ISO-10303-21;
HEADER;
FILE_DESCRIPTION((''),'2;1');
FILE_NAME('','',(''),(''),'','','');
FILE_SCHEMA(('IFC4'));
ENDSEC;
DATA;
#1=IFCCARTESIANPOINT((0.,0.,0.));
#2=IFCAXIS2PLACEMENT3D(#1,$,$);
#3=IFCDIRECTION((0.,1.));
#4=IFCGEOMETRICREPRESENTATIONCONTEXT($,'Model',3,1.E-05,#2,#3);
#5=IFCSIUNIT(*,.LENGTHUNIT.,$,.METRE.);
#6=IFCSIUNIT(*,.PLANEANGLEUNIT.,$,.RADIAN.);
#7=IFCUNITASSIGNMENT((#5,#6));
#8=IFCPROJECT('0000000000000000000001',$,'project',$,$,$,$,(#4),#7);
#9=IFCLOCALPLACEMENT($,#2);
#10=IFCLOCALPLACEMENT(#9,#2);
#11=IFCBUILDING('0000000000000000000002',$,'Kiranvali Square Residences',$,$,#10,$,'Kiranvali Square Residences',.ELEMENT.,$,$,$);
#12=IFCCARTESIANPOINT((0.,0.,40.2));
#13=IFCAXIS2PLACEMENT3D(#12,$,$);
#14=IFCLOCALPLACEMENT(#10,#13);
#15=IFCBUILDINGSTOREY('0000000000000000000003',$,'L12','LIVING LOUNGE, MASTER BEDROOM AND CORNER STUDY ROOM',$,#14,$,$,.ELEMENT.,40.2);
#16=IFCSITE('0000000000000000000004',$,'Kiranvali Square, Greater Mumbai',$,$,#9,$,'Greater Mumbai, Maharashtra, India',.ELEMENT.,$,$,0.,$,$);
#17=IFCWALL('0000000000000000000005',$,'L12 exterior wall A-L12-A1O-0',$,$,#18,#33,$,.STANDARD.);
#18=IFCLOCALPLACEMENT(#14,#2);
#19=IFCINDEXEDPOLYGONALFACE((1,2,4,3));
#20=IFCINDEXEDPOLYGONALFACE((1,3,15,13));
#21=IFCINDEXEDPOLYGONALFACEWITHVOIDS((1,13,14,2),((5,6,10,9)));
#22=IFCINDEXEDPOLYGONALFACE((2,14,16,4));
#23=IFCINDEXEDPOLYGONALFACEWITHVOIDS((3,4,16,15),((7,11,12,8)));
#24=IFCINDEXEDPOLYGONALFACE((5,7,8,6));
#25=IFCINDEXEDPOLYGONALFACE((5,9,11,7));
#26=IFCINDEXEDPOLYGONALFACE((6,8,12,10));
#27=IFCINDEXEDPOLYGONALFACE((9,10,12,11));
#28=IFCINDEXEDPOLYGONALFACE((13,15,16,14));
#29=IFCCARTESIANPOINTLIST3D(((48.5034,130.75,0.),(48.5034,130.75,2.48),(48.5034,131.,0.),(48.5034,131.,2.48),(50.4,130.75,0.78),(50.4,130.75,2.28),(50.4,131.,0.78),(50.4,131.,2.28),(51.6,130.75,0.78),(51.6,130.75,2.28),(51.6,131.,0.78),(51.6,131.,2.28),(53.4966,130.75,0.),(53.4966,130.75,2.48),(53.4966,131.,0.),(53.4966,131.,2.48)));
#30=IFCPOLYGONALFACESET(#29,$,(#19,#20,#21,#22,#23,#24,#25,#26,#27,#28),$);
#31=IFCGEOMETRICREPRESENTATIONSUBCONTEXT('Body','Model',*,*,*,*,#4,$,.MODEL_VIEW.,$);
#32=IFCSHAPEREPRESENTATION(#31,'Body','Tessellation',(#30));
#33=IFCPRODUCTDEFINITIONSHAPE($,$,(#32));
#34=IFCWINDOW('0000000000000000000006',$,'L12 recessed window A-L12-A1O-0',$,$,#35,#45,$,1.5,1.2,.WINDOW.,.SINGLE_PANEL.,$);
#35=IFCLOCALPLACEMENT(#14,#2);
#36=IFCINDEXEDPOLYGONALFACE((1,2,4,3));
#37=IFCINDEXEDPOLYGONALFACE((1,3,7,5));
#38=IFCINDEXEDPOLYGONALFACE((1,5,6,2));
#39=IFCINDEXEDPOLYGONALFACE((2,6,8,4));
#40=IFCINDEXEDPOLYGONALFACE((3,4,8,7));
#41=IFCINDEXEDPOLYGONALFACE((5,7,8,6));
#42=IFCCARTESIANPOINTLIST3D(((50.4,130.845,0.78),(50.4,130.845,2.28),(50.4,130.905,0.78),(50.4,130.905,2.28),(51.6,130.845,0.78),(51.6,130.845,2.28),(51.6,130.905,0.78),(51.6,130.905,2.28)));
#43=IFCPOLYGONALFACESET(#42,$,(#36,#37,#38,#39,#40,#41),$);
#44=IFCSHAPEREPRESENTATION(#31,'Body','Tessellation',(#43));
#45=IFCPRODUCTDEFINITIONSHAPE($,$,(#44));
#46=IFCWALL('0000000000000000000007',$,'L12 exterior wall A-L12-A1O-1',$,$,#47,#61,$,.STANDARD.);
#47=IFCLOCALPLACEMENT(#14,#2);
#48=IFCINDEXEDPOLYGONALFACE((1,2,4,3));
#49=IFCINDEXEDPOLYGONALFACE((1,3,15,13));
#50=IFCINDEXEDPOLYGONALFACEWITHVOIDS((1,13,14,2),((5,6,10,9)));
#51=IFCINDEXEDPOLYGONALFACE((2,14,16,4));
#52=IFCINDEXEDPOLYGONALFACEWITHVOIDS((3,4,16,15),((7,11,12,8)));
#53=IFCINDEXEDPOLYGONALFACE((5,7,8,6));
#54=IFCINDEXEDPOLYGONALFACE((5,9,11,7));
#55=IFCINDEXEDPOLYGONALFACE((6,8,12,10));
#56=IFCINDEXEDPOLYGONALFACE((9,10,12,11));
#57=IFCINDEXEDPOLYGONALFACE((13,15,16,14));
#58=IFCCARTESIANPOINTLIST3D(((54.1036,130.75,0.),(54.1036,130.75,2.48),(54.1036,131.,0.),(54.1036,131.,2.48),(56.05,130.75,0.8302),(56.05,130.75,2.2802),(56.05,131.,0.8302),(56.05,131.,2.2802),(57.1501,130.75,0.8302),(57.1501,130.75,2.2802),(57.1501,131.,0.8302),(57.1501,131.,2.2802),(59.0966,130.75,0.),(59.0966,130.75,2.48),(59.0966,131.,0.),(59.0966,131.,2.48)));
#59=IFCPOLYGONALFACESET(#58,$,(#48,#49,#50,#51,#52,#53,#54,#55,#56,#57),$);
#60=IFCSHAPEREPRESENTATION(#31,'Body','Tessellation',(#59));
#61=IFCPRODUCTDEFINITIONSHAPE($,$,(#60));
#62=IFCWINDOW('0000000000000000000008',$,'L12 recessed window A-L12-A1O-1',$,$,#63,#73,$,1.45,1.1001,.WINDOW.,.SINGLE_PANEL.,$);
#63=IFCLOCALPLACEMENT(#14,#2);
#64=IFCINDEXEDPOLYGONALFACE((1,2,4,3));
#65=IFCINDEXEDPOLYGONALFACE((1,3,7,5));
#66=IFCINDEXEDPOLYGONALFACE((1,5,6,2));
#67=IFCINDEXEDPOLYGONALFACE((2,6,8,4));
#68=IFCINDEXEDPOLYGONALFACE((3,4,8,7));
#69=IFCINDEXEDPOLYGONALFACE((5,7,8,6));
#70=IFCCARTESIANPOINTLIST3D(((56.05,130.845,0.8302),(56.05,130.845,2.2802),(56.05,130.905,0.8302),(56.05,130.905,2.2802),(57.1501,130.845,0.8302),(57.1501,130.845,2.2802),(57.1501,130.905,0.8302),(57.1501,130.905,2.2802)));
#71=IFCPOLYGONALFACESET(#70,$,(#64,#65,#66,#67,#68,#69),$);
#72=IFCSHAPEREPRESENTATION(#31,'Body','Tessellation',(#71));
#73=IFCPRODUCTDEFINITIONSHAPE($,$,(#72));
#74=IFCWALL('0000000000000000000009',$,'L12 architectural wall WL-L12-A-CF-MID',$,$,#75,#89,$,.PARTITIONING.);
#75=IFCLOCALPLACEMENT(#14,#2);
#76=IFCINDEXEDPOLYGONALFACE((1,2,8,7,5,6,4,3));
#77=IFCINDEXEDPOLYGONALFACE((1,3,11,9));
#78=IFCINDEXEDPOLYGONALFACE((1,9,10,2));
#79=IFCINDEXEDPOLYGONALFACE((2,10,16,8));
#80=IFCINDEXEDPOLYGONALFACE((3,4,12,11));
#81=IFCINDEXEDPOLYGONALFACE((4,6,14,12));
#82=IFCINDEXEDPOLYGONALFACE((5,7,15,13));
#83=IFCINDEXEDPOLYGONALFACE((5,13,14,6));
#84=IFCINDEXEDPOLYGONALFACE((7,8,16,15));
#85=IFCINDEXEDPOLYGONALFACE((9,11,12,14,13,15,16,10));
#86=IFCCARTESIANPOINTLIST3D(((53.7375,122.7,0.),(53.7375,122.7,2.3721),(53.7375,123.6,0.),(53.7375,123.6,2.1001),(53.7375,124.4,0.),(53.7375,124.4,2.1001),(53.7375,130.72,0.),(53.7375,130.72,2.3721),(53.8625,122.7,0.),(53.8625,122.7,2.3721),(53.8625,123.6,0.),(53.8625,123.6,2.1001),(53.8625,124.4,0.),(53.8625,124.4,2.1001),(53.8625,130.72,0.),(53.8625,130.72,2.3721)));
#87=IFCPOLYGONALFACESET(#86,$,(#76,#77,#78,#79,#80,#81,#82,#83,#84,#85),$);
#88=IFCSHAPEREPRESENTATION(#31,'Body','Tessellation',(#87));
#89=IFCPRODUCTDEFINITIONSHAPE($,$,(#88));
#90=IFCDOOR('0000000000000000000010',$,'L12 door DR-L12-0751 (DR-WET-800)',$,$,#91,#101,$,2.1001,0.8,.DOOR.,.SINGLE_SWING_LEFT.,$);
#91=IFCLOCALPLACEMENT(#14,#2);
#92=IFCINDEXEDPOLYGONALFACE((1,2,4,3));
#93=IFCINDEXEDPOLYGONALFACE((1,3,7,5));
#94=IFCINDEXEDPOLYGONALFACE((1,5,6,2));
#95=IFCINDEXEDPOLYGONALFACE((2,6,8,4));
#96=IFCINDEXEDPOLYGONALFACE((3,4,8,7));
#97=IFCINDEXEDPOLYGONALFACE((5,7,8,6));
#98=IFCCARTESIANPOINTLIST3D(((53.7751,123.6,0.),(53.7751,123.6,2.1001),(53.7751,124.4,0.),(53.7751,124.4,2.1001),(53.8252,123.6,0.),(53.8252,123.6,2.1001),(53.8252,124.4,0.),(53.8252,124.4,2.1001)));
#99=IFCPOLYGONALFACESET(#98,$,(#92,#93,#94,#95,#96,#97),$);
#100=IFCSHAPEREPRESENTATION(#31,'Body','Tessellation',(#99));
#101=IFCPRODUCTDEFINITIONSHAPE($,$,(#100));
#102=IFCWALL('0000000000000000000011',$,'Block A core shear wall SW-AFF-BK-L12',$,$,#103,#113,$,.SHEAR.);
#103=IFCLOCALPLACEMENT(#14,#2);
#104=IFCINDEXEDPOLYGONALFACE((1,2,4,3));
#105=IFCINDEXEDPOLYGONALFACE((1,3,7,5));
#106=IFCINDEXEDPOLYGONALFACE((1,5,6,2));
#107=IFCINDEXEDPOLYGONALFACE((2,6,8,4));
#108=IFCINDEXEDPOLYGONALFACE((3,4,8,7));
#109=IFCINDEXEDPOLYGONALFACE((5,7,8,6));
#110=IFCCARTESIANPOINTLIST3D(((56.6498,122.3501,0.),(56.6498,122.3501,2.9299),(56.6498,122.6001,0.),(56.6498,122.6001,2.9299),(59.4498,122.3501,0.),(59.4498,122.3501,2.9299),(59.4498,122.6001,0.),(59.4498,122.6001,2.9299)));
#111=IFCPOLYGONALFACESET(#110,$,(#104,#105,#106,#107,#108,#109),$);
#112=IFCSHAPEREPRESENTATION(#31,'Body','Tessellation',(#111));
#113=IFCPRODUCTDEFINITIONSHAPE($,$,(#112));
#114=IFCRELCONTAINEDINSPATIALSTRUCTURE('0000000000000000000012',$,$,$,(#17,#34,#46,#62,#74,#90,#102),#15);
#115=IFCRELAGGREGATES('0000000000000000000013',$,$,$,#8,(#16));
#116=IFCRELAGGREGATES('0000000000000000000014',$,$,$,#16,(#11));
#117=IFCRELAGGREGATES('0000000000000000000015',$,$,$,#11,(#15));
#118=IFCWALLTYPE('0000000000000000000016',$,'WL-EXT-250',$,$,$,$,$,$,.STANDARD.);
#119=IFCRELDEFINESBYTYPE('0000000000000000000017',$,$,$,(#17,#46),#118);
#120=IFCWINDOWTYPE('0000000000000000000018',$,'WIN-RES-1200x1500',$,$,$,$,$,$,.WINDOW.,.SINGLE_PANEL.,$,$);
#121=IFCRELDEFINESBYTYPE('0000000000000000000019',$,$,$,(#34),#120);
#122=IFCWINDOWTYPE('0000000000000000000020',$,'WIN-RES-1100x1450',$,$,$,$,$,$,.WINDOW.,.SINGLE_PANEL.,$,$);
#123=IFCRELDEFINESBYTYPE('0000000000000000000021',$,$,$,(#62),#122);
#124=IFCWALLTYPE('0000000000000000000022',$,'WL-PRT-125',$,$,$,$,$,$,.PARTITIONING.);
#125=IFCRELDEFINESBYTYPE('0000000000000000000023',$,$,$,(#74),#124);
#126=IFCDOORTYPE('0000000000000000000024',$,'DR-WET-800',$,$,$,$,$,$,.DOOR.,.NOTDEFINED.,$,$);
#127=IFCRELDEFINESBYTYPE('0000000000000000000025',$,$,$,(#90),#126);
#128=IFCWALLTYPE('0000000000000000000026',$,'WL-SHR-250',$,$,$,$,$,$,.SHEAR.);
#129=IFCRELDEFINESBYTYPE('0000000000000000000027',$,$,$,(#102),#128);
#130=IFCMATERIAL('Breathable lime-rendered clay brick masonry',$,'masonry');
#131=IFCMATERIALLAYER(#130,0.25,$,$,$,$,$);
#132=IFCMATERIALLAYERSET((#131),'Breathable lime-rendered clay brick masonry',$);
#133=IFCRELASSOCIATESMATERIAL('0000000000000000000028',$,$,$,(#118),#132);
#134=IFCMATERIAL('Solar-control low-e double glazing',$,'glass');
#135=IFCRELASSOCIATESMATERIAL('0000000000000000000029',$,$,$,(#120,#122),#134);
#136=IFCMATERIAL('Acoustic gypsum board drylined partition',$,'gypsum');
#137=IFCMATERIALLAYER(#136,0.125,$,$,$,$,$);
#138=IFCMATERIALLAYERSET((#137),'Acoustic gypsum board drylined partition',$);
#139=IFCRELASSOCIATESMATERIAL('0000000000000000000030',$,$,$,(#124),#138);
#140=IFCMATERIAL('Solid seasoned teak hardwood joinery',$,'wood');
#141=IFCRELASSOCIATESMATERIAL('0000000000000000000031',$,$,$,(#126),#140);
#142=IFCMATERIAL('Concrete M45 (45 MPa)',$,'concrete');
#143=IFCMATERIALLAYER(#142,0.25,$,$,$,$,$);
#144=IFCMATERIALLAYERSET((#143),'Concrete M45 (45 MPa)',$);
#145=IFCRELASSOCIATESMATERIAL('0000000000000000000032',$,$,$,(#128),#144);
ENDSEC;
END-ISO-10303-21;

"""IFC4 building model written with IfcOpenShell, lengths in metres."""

from ifc_helpers import new_model, si_unit, direction, frame, frame_2d, origin, place, context, subcontext, project, spatial, rectangle, extrude, material, layer, layer_set, type_object, element, fill, save


model = new_model("IFC4")

# Units and contexts
model_context = context("Model", 3, precision=1e-05, world=origin(), true_north=direction((0.0, 1.0)))
body_context = subcontext(model_context, "Body", "Model", "MODEL_VIEW")
ifc_project = project(units=[si_unit("LENGTHUNIT", "METRE"), si_unit("PLANEANGLEUNIT", "RADIAN")], contexts=[model_context])

# Site, building, storey
site_placement = place(None, origin())
site = spatial("IfcSite", under=ifc_project, at=site_placement, Name="Kiranvali Square, Greater Mumbai", LongName="Greater Mumbai, Maharashtra, India", CompositionType="ELEMENT", RefElevation=0.0)
building_placement = place(site_placement, origin())
building = spatial("IfcBuilding", under=site, at=building_placement, Name="Kiranvali Square Residences", LongName="Kiranvali Square Residences", CompositionType="ELEMENT")
storey_placement = place(building_placement, frame((0.0, 0.0, 40.2)))
storey = spatial("IfcBuildingStorey", under=building, at=storey_placement, Name="L12", Description="LIVING LOUNGE, MASTER BEDROOM AND CORNER STUDY ROOM", CompositionType="ELEMENT", Elevation=40.2)

# Shared definitions
ifc_material_1 = material(Name="Concrete M45 (45 MPa)", Category="concrete")

# Walls, openings, windows
ifc_material_2 = material(Name="Breathable lime-rendered clay brick masonry", Category="masonry")
ifc_layer_1 = layer(ifc_material_2, 0.25)
ifc_layer_set_1 = layer_set([ifc_layer_1], Name="Breathable lime-rendered clay brick masonry")
wall_type_1 = type_object("IfcWallType", Name="WL-EXT-250", PredefinedType="STANDARD", material=ifc_layer_set_1)
wall_1_placement = place(storey_placement, frame((48.5034, 130.875, 0.0), z_axis=(0.0, 0.0, 1.0), x_axis=(1.0, 0.0, 0.0)))
wall_1 = element("IfcWall", 1, at=wall_1_placement, inside=storey, type_object=wall_type_1, Name="L12 exterior wall A-L12-A1O-0", PredefinedType="STANDARD", context=body_context, shape_type="SweptSolid", body=[
    extrude(rectangle(XDim=4.9932, YDim=0.25, at=frame_2d((2.4966, 0.0))), origin(), (0.0, 0.0, 1.0), 2.48),
])
opening_1_placement = place(wall_1_placement, frame((1.8965, 0.0, 0.78)))
opening_1 = element("IfcOpeningElement", 2, at=opening_1_placement, cuts=wall_1, PredefinedType="OPENING", context=body_context, shape_type="SweptSolid", body=[
    extrude(rectangle(XDim=1.2, YDim=1.5, at=frame_2d((0.6001, 0.75))), frame((0.0, 0.135, 0.0), z_axis=(0.0, -1.0, 0.0), x_axis=(1.0, 0.0, 0.0)), (0.0, 0.0, 1.0), 0.27),
])
ifc_material_3 = material(Name="Solar-control low-e double glazing", Category="glass")
window_type_1 = type_object("IfcWindowType", Name="WIN-RES-1200x1500", PartitioningType="SINGLE_PANEL", PredefinedType="WINDOW", material=ifc_material_3)
window_1_placement = place(opening_1_placement, origin())
window_1 = element("IfcWindow", 3, at=window_1_placement, inside=storey, type_object=window_type_1, Name="L12 recessed window A-L12-A1O-0", OverallHeight=1.5, OverallWidth=1.2, PartitioningType="SINGLE_PANEL", PredefinedType="WINDOW", context=body_context, shape_type="SweptSolid", body=[
    extrude(rectangle(XDim=1.2, YDim=1.5, at=frame_2d((0.6001, 0.75))), frame((0.0, 0.03, 0.0), z_axis=(0.0, -1.0, 0.0), x_axis=(1.0, 0.0, 0.0)), (0.0, 0.0, 1.0), 0.0601),
])
fill(opening_1, window_1)
wall_2_placement = place(storey_placement, frame((54.1035, 130.875, 0.0), z_axis=(0.0, 0.0, 1.0), x_axis=(1.0, 0.0, 0.0)))
wall_2 = element("IfcWall", 4, at=wall_2_placement, inside=storey, type_object=wall_type_1, Name="L12 exterior wall A-L12-A1O-1", PredefinedType="STANDARD", context=body_context, shape_type="SweptSolid", body=[
    extrude(rectangle(XDim=4.9929, YDim=0.25, at=frame_2d((2.4966, 0.0))), origin(), (0.0, 0.0, 1.0), 2.48),
])
opening_2_placement = place(wall_2_placement, frame((1.9465, 0.0, 0.8301)))
opening_2 = element("IfcOpeningElement", 5, at=opening_2_placement, cuts=wall_2, PredefinedType="OPENING", context=body_context, shape_type="SweptSolid", body=[
    extrude(rectangle(XDim=1.1001, YDim=1.45, at=frame_2d((0.55, 0.7251))), frame((0.0, 0.135, 0.0), z_axis=(0.0, -1.0, 0.0), x_axis=(1.0, 0.0, 0.0)), (0.0, 0.0, 1.0), 0.27),
])
window_type_2 = type_object("IfcWindowType", Name="WIN-RES-1100x1450", PartitioningType="SINGLE_PANEL", PredefinedType="WINDOW", material=ifc_material_3)
window_2_placement = place(opening_2_placement, origin())
window_2 = element("IfcWindow", 6, at=window_2_placement, inside=storey, type_object=window_type_2, Name="L12 recessed window A-L12-A1O-1", OverallHeight=1.45, OverallWidth=1.1001, PartitioningType="SINGLE_PANEL", PredefinedType="WINDOW", context=body_context, shape_type="SweptSolid", body=[
    extrude(rectangle(XDim=1.1001, YDim=1.45, at=frame_2d((0.55, 0.7251))), frame((0.0, 0.03, 0.0), z_axis=(0.0, -1.0, 0.0), x_axis=(1.0, 0.0, 0.0)), (0.0, 0.0, 1.0), 0.0601),
])
fill(opening_2, window_2)

# Wall, opening, door
ifc_material_4 = material(Name="Acoustic gypsum board drylined partition", Category="gypsum")
ifc_layer_2 = layer(ifc_material_4, 0.125)
ifc_layer_set_2 = layer_set([ifc_layer_2], Name="Acoustic gypsum board drylined partition")
wall_type_2 = type_object("IfcWallType", Name="WL-PRT-125", PredefinedType="PARTITIONING", material=ifc_layer_set_2)
wall_3_placement = place(storey_placement, frame((53.8, 122.7, 0.0), z_axis=(0.0, 0.0, 1.0), x_axis=(0.0, 1.0, 0.0)))
wall_3 = element("IfcWall", 7, at=wall_3_placement, inside=storey, type_object=wall_type_2, Name="L12 architectural wall WL-L12-A-CF-MID", PredefinedType="PARTITIONING", context=body_context, shape_type="SweptSolid", body=[
    extrude(rectangle(XDim=8.02, YDim=0.125, at=frame_2d((4.01, 0.0))), origin(), (0.0, 0.0, 1.0), 2.3721),
])
opening_3_placement = place(wall_3_placement, frame((0.9001, 0.0, 0.0)))
opening_3 = element("IfcOpeningElement", 8, at=opening_3_placement, cuts=wall_3, PredefinedType="OPENING", context=body_context, shape_type="SweptSolid", body=[
    extrude(rectangle(XDim=0.8, YDim=2.1001, at=frame_2d((0.3999, 1.05))), frame((0.0, 0.0725, 0.0), z_axis=(0.0, -1.0, 0.0), x_axis=(1.0, 0.0, 0.0)), (0.0, 0.0, 1.0), 0.145),
])
ifc_material_5 = material(Name="Solid seasoned teak hardwood joinery", Category="wood")
door_type = type_object("IfcDoorType", Name="DR-WET-800", OperationType="NOTDEFINED", PredefinedType="DOOR", material=ifc_material_5)
door_placement = place(opening_3_placement, origin())
door = element("IfcDoor", 9, at=door_placement, inside=storey, type_object=door_type, Name="L12 door DR-L12-0751 (DR-WET-800)", OperationType="SINGLE_SWING_LEFT", OverallHeight=2.1001, OverallWidth=0.8, PredefinedType="DOOR", context=body_context, shape_type="SweptSolid", body=[
    extrude(rectangle(XDim=0.8, YDim=2.1001, at=frame_2d((0.3999, 1.05))), frame((0.0, 0.0249, 0.0), z_axis=(0.0, -1.0, 0.0), x_axis=(1.0, 0.0, 0.0)), (0.0, 0.0, 1.0), 0.05),
])
fill(opening_3, door)

# Wall
ifc_layer_3 = layer(ifc_material_1, 0.25)
ifc_layer_set_3 = layer_set([ifc_layer_3], Name="Concrete M45 (45 MPa)")
wall_type_3 = type_object("IfcWallType", Name="WL-SHR-250", PredefinedType="SHEAR", material=ifc_layer_set_3)
wall_4_placement = place(storey_placement, frame((56.6499, 122.4751, 0.0), z_axis=(0.0, 0.0, 1.0), x_axis=(1.0, 0.0, 0.0)))
element("IfcWall", 10, at=wall_4_placement, inside=storey, type_object=wall_type_3, Name="Block A core shear wall SW-AFF-BK-L12", PredefinedType="SHEAR", context=body_context, shape_type="SweptSolid", body=[
    extrude(rectangle(XDim=2.8, YDim=0.25, at=frame_2d((1.3999, 0.0))), origin(), (0.0, 0.0, 1.0), 2.9299),
])

save(model, "model.ifc")
